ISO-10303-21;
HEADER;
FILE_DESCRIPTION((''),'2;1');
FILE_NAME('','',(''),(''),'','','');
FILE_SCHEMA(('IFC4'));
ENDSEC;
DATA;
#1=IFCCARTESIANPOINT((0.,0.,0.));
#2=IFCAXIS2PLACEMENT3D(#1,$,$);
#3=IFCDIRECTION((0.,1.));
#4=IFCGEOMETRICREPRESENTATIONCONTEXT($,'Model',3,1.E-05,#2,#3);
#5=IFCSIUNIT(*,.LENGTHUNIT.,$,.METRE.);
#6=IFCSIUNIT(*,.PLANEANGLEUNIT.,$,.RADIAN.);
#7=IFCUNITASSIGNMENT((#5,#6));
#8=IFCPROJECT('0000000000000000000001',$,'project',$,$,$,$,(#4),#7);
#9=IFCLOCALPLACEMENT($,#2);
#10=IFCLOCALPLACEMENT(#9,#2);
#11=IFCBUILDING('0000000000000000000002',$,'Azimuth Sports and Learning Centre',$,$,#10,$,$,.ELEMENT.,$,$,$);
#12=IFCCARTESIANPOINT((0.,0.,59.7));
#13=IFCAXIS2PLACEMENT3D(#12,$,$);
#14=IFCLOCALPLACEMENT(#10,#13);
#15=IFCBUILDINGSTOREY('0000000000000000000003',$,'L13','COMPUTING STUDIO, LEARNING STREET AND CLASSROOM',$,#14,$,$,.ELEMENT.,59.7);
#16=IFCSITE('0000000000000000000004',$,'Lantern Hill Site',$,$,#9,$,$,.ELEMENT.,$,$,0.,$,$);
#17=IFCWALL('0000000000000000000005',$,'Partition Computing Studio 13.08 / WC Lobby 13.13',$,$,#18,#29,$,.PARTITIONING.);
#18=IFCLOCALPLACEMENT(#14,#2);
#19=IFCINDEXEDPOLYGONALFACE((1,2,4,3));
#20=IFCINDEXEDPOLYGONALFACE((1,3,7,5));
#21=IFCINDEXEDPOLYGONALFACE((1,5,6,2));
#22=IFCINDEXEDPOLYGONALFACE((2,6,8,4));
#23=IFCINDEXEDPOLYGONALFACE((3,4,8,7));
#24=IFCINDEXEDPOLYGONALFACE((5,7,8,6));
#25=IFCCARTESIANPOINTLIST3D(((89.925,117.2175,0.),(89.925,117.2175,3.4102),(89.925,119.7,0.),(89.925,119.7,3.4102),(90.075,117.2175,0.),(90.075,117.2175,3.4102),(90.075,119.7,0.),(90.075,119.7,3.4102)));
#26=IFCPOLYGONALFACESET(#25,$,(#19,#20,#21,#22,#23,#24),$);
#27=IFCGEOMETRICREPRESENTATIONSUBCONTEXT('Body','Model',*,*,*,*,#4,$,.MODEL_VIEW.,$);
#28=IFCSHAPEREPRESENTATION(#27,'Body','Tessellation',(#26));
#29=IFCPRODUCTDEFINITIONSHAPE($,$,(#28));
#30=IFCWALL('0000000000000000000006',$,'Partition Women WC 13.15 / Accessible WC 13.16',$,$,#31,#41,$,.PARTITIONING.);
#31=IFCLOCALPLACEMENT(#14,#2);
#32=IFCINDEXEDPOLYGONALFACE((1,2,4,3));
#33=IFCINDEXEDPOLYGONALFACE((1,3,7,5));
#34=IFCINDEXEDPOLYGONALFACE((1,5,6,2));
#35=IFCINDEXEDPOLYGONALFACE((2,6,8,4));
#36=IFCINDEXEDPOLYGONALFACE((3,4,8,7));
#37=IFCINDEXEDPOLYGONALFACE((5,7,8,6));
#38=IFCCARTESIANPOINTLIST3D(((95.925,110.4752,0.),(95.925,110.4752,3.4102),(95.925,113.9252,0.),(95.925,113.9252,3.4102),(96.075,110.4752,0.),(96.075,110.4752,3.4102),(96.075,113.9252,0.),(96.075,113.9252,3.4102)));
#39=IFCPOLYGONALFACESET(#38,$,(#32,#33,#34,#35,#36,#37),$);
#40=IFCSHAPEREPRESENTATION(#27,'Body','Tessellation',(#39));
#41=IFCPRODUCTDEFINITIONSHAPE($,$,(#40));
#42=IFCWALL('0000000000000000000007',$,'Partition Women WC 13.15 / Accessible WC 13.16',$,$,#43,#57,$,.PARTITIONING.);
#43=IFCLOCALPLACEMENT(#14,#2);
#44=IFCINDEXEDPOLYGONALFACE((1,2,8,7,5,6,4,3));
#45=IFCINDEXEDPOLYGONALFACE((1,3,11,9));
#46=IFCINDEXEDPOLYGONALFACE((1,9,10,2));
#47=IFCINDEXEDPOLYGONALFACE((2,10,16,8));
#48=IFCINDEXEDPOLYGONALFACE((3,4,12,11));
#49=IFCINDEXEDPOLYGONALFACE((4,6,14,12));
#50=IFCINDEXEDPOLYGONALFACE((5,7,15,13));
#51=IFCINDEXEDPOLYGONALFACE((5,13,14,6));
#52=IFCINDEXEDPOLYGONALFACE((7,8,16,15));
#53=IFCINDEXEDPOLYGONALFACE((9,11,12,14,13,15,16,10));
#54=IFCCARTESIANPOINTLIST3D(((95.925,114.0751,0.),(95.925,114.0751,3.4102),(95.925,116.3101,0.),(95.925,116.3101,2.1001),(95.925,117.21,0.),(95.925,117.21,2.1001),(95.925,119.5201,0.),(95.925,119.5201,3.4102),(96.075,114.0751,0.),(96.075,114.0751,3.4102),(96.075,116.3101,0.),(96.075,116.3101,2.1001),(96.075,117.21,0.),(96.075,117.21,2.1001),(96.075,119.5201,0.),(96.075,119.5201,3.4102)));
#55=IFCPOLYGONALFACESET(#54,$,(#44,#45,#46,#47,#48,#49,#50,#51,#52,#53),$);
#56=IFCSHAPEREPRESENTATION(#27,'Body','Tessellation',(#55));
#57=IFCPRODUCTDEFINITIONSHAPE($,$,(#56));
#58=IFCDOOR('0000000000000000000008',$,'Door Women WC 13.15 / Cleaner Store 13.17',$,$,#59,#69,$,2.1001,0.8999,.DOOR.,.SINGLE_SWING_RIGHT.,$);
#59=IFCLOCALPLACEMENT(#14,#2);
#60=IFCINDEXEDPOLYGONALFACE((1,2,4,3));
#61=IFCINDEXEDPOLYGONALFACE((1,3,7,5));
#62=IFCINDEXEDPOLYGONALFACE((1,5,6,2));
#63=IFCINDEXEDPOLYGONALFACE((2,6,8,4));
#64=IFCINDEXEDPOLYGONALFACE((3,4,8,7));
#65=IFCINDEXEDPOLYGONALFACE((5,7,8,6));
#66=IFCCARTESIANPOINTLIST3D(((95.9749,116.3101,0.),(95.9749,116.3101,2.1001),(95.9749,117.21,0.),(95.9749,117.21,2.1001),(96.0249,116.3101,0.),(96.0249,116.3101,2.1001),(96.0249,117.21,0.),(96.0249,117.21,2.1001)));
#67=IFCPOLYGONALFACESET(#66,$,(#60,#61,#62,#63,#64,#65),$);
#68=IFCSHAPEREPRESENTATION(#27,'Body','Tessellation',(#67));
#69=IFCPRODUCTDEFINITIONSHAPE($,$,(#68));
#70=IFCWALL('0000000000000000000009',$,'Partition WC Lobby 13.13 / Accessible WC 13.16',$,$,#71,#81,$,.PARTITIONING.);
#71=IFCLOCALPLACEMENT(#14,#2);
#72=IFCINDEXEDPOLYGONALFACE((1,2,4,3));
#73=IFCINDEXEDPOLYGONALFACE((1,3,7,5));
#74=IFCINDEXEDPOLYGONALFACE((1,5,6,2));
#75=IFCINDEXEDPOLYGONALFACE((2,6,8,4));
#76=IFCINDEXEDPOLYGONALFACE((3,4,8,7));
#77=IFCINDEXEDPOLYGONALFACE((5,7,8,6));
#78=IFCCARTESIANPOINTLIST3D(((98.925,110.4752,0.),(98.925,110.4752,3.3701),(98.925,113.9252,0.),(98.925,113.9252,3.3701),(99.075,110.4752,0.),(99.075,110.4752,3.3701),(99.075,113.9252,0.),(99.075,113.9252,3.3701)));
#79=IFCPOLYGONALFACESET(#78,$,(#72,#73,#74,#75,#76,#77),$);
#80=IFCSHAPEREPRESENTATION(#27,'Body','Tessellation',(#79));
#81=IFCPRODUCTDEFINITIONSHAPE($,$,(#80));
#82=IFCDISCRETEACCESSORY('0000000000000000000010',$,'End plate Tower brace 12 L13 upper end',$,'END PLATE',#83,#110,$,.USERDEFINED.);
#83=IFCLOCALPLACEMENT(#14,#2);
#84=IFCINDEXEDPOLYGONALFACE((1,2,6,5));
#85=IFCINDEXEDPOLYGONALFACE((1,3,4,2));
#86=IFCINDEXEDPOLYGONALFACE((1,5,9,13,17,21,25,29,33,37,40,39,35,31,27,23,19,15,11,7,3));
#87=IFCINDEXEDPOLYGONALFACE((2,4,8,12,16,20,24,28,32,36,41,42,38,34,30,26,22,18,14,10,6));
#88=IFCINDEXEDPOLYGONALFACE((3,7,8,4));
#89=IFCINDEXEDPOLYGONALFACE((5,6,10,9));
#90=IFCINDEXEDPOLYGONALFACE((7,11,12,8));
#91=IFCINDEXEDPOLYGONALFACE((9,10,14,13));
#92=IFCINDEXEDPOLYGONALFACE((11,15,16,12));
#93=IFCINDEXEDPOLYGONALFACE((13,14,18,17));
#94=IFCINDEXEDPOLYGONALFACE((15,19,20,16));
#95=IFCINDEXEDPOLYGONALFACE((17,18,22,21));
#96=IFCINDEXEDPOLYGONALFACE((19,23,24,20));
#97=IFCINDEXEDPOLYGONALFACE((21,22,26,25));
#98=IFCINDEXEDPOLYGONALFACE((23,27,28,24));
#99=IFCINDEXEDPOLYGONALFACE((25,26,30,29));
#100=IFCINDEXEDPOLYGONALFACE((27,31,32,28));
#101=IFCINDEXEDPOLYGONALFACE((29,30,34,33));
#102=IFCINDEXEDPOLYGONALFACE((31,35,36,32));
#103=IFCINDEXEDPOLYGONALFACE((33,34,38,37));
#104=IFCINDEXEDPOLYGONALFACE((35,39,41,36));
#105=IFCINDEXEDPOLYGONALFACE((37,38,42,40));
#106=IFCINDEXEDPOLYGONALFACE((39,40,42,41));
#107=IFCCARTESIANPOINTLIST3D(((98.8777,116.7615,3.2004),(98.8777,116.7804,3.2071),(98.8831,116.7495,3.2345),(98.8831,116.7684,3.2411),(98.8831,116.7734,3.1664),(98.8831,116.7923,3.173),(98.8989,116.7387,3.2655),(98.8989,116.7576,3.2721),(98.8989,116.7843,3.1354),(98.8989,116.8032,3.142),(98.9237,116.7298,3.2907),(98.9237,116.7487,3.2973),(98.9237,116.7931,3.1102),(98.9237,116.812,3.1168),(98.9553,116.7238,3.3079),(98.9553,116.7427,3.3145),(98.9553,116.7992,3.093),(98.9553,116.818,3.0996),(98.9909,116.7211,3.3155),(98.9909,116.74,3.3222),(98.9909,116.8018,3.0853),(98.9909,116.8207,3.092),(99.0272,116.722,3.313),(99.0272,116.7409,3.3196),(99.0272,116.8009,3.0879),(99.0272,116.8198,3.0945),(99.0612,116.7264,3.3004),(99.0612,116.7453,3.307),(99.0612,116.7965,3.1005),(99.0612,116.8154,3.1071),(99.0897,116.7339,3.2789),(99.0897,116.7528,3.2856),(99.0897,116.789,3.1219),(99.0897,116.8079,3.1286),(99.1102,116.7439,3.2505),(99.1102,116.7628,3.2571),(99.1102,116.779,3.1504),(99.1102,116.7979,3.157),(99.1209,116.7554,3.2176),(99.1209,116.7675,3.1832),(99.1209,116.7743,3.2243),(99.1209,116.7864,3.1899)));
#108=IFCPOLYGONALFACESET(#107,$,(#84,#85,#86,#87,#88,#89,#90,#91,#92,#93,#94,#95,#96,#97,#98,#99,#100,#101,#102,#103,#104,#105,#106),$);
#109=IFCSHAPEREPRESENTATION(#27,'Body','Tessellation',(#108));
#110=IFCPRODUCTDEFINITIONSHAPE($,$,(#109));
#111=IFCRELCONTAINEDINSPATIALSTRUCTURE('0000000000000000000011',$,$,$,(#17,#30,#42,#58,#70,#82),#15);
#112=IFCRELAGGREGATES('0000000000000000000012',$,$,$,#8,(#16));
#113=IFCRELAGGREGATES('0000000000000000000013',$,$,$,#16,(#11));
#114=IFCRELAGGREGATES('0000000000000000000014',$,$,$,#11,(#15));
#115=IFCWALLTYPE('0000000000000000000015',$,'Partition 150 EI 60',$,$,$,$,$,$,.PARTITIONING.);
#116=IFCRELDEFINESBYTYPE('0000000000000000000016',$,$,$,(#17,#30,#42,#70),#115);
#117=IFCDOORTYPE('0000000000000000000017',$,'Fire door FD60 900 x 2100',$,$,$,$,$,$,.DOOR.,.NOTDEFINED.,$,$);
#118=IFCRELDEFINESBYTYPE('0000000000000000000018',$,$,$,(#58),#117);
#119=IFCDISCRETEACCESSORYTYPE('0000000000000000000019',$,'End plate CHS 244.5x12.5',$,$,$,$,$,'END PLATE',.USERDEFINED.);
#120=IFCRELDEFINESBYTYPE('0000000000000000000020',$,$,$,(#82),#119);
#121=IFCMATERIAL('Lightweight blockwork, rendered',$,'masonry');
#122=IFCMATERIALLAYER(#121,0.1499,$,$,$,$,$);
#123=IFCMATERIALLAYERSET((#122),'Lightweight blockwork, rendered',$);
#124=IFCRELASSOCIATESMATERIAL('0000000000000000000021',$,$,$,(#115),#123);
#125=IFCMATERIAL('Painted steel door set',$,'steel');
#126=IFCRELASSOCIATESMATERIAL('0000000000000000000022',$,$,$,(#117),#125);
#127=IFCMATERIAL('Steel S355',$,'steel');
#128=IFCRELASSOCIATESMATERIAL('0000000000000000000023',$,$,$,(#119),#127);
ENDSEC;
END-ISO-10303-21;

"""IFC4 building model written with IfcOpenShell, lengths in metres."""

from ifc_helpers import new_model, si_unit, direction, frame, frame_2d, origin, origin_2d, place, context, subcontext, project, spatial, rectangle, circle, extrude, material, layer, layer_set, material_profile, profile_set, type_object, element, fill, save


model = new_model("IFC4")

# Units and contexts
model_context = context("Model", 3, precision=1e-05, world=origin(), true_north=direction((0.0, 1.0)))
body_context = subcontext(model_context, "Body", "Model", "MODEL_VIEW")
ifc_project = project(units=[si_unit("LENGTHUNIT", "METRE"), si_unit("PLANEANGLEUNIT", "RADIAN")], contexts=[model_context])

# Site, building, storey
site_placement = place(None, origin())
site = spatial("IfcSite", under=ifc_project, at=site_placement, Name="Lantern Hill Site", CompositionType="ELEMENT", RefElevation=0.0)
building_placement = place(site_placement, origin())
building = spatial("IfcBuilding", under=site, at=building_placement, Name="Azimuth Sports and Learning Centre", CompositionType="ELEMENT")
storey_placement = place(building_placement, frame((0.0, 0.0, 59.7)))
storey = spatial("IfcBuildingStorey", under=building, at=storey_placement, Name="L13", Description="COMPUTING STUDIO, LEARNING STREET AND CLASSROOM", CompositionType="ELEMENT", Elevation=59.7)

# Walls
ifc_material_1 = material(Name="Lightweight blockwork, rendered", Category="masonry")
ifc_layer_1 = layer(ifc_material_1, 0.1499)
ifc_layer_set_1 = layer_set([ifc_layer_1], Name="Lightweight blockwork, rendered")
wall_type_1 = type_object("IfcWallType", Name="Partition 150 EI 60", PredefinedType="PARTITIONING", material=ifc_layer_set_1)
wall_1_placement = place(storey_placement, frame((90.0, 117.2175, 0.0), z_axis=(0.0, 0.0, 1.0), x_axis=(0.0, 1.0, 0.0)))
element("IfcWall", 1, at=wall_1_placement, inside=storey, type_object=wall_type_1, Name="Partition Computing Studio 13.08 / WC Lobby 13.13", PredefinedType="PARTITIONING", context=body_context, shape_type="SweptSolid", body=[
    extrude(rectangle(XDim=2.4824, YDim=0.1499, at=frame_2d((1.2412, 0.0))), origin(), (0.0, 0.0, 1.0), 3.4102),
])
wall_2_placement = place(storey_placement, frame((96.0, 110.4751, 0.0), z_axis=(0.0, 0.0, 1.0), x_axis=(0.0, 1.0, 0.0)))
element("IfcWall", 2, at=wall_2_placement, inside=storey, type_object=wall_type_1, Name="Partition Women WC 13.15 / Accessible WC 13.16", PredefinedType="PARTITIONING", context=body_context, shape_type="SweptSolid", body=[
    extrude(rectangle(XDim=3.45, YDim=0.1499, at=frame_2d((1.7251, 0.0))), origin(), (0.0, 0.0, 1.0), 3.4102),
])

# Wall, opening, door
wall_3_placement = place(storey_placement, frame((96.0, 114.075, 0.0), z_axis=(0.0, 0.0, 1.0), x_axis=(0.0, 1.0, 0.0)))
wall_3 = element("IfcWall", 3, at=wall_3_placement, inside=storey, type_object=wall_type_1, Name="Partition Women WC 13.15 / Accessible WC 13.16", PredefinedType="PARTITIONING", context=body_context, shape_type="SweptSolid", body=[
    extrude(rectangle(XDim=5.4451, YDim=0.1499, at=frame_2d((2.7227, 0.0))), origin(), (0.0, 0.0, 1.0), 3.4102),
])
opening_placement = place(wall_3_placement, frame((2.2351, 0.0, 0.0)))
opening = element("IfcOpeningElement", 4, at=opening_placement, cuts=wall_3, PredefinedType="OPENING", context=body_context, shape_type="SweptSolid", body=[
    extrude(rectangle(XDim=0.8999, YDim=2.1001, at=frame_2d((0.45, 1.05))), frame((0.0, 0.0859, 0.0), z_axis=(0.0, -1.0, 0.0), x_axis=(1.0, 0.0, 0.0)), (0.0, 0.0, 1.0), 0.1719),
])
ifc_material_2 = material(Name="Painted steel door set", Category="steel")
door_type = type_object("IfcDoorType", Name="Fire door FD60 900 x 2100", OperationType="NOTDEFINED", PredefinedType="DOOR", material=ifc_material_2)
door_placement = place(opening_placement, frame((0.8999, 0.0, 0.0), z_axis=(0.0, 0.0, 1.0), x_axis=(-1.0, 0.0, 0.0)))
door = element("IfcDoor", 5, at=door_placement, inside=storey, type_object=door_type, Name="Door Women WC 13.15 / Cleaner Store 13.17", OperationType="SINGLE_SWING_RIGHT", OverallHeight=2.1001, OverallWidth=0.8999, PredefinedType="DOOR", context=body_context, shape_type="SweptSolid", body=[
    extrude(rectangle(XDim=0.8999, YDim=2.1001, at=frame_2d((0.45, 1.05))), frame((0.0, 0.0249, 0.0), z_axis=(0.0, -1.0, 0.0), x_axis=(1.0, 0.0, 0.0)), (0.0, 0.0, 1.0), 0.05),
])
fill(opening, door)

# Wall
wall_4_placement = place(storey_placement, frame((99.0, 110.4751, 0.0), z_axis=(0.0, 0.0, 1.0), x_axis=(0.0, 1.0, 0.0)))
element("IfcWall", 6, at=wall_4_placement, inside=storey, type_object=wall_type_1, Name="Partition WC Lobby 13.13 / Accessible WC 13.16", PredefinedType="PARTITIONING", context=body_context, shape_type="SweptSolid", body=[
    extrude(rectangle(XDim=3.45, YDim=0.1499, at=frame_2d((1.7251, 0.0))), origin(), (0.0, 0.0, 1.0), 3.3701),
])

# Discrete accessory
ifc_material_3 = material(Name="Steel S355", Category="steel")
ifc_material_profile_1 = material_profile(ifc_material_3, circle(Radius=0.1223, at=origin_2d()), Name="PL 244 DISC")
ifc_profile_set_1 = profile_set([ifc_material_profile_1], Name="Steel S355")
discrete_accessory_type = type_object("IfcDiscreteAccessoryType", Name="End plate CHS 244.5x12.5", ElementType="END PLATE", PredefinedType="USERDEFINED", material=ifc_profile_set_1)
discrete_accessory_placement = place(storey_placement, frame((99.0, 116.7615, 3.2004), z_axis=(0.0, 0.943667, 0.330896), x_axis=(-1.0, 0.0, 0.0)))
element("IfcDiscreteAccessory", 7, at=discrete_accessory_placement, inside=storey, type_object=discrete_accessory_type, Name="End plate Tower brace 12 L13 upper end", ObjectType="END PLATE", PredefinedType="USERDEFINED", context=body_context, shape_type="SweptSolid", body=[
    extrude(circle(Radius=0.1223, at=origin_2d()), origin(), (0.0, 0.0, 1.0), 0.02),
])

save(model, "model.ifc")
